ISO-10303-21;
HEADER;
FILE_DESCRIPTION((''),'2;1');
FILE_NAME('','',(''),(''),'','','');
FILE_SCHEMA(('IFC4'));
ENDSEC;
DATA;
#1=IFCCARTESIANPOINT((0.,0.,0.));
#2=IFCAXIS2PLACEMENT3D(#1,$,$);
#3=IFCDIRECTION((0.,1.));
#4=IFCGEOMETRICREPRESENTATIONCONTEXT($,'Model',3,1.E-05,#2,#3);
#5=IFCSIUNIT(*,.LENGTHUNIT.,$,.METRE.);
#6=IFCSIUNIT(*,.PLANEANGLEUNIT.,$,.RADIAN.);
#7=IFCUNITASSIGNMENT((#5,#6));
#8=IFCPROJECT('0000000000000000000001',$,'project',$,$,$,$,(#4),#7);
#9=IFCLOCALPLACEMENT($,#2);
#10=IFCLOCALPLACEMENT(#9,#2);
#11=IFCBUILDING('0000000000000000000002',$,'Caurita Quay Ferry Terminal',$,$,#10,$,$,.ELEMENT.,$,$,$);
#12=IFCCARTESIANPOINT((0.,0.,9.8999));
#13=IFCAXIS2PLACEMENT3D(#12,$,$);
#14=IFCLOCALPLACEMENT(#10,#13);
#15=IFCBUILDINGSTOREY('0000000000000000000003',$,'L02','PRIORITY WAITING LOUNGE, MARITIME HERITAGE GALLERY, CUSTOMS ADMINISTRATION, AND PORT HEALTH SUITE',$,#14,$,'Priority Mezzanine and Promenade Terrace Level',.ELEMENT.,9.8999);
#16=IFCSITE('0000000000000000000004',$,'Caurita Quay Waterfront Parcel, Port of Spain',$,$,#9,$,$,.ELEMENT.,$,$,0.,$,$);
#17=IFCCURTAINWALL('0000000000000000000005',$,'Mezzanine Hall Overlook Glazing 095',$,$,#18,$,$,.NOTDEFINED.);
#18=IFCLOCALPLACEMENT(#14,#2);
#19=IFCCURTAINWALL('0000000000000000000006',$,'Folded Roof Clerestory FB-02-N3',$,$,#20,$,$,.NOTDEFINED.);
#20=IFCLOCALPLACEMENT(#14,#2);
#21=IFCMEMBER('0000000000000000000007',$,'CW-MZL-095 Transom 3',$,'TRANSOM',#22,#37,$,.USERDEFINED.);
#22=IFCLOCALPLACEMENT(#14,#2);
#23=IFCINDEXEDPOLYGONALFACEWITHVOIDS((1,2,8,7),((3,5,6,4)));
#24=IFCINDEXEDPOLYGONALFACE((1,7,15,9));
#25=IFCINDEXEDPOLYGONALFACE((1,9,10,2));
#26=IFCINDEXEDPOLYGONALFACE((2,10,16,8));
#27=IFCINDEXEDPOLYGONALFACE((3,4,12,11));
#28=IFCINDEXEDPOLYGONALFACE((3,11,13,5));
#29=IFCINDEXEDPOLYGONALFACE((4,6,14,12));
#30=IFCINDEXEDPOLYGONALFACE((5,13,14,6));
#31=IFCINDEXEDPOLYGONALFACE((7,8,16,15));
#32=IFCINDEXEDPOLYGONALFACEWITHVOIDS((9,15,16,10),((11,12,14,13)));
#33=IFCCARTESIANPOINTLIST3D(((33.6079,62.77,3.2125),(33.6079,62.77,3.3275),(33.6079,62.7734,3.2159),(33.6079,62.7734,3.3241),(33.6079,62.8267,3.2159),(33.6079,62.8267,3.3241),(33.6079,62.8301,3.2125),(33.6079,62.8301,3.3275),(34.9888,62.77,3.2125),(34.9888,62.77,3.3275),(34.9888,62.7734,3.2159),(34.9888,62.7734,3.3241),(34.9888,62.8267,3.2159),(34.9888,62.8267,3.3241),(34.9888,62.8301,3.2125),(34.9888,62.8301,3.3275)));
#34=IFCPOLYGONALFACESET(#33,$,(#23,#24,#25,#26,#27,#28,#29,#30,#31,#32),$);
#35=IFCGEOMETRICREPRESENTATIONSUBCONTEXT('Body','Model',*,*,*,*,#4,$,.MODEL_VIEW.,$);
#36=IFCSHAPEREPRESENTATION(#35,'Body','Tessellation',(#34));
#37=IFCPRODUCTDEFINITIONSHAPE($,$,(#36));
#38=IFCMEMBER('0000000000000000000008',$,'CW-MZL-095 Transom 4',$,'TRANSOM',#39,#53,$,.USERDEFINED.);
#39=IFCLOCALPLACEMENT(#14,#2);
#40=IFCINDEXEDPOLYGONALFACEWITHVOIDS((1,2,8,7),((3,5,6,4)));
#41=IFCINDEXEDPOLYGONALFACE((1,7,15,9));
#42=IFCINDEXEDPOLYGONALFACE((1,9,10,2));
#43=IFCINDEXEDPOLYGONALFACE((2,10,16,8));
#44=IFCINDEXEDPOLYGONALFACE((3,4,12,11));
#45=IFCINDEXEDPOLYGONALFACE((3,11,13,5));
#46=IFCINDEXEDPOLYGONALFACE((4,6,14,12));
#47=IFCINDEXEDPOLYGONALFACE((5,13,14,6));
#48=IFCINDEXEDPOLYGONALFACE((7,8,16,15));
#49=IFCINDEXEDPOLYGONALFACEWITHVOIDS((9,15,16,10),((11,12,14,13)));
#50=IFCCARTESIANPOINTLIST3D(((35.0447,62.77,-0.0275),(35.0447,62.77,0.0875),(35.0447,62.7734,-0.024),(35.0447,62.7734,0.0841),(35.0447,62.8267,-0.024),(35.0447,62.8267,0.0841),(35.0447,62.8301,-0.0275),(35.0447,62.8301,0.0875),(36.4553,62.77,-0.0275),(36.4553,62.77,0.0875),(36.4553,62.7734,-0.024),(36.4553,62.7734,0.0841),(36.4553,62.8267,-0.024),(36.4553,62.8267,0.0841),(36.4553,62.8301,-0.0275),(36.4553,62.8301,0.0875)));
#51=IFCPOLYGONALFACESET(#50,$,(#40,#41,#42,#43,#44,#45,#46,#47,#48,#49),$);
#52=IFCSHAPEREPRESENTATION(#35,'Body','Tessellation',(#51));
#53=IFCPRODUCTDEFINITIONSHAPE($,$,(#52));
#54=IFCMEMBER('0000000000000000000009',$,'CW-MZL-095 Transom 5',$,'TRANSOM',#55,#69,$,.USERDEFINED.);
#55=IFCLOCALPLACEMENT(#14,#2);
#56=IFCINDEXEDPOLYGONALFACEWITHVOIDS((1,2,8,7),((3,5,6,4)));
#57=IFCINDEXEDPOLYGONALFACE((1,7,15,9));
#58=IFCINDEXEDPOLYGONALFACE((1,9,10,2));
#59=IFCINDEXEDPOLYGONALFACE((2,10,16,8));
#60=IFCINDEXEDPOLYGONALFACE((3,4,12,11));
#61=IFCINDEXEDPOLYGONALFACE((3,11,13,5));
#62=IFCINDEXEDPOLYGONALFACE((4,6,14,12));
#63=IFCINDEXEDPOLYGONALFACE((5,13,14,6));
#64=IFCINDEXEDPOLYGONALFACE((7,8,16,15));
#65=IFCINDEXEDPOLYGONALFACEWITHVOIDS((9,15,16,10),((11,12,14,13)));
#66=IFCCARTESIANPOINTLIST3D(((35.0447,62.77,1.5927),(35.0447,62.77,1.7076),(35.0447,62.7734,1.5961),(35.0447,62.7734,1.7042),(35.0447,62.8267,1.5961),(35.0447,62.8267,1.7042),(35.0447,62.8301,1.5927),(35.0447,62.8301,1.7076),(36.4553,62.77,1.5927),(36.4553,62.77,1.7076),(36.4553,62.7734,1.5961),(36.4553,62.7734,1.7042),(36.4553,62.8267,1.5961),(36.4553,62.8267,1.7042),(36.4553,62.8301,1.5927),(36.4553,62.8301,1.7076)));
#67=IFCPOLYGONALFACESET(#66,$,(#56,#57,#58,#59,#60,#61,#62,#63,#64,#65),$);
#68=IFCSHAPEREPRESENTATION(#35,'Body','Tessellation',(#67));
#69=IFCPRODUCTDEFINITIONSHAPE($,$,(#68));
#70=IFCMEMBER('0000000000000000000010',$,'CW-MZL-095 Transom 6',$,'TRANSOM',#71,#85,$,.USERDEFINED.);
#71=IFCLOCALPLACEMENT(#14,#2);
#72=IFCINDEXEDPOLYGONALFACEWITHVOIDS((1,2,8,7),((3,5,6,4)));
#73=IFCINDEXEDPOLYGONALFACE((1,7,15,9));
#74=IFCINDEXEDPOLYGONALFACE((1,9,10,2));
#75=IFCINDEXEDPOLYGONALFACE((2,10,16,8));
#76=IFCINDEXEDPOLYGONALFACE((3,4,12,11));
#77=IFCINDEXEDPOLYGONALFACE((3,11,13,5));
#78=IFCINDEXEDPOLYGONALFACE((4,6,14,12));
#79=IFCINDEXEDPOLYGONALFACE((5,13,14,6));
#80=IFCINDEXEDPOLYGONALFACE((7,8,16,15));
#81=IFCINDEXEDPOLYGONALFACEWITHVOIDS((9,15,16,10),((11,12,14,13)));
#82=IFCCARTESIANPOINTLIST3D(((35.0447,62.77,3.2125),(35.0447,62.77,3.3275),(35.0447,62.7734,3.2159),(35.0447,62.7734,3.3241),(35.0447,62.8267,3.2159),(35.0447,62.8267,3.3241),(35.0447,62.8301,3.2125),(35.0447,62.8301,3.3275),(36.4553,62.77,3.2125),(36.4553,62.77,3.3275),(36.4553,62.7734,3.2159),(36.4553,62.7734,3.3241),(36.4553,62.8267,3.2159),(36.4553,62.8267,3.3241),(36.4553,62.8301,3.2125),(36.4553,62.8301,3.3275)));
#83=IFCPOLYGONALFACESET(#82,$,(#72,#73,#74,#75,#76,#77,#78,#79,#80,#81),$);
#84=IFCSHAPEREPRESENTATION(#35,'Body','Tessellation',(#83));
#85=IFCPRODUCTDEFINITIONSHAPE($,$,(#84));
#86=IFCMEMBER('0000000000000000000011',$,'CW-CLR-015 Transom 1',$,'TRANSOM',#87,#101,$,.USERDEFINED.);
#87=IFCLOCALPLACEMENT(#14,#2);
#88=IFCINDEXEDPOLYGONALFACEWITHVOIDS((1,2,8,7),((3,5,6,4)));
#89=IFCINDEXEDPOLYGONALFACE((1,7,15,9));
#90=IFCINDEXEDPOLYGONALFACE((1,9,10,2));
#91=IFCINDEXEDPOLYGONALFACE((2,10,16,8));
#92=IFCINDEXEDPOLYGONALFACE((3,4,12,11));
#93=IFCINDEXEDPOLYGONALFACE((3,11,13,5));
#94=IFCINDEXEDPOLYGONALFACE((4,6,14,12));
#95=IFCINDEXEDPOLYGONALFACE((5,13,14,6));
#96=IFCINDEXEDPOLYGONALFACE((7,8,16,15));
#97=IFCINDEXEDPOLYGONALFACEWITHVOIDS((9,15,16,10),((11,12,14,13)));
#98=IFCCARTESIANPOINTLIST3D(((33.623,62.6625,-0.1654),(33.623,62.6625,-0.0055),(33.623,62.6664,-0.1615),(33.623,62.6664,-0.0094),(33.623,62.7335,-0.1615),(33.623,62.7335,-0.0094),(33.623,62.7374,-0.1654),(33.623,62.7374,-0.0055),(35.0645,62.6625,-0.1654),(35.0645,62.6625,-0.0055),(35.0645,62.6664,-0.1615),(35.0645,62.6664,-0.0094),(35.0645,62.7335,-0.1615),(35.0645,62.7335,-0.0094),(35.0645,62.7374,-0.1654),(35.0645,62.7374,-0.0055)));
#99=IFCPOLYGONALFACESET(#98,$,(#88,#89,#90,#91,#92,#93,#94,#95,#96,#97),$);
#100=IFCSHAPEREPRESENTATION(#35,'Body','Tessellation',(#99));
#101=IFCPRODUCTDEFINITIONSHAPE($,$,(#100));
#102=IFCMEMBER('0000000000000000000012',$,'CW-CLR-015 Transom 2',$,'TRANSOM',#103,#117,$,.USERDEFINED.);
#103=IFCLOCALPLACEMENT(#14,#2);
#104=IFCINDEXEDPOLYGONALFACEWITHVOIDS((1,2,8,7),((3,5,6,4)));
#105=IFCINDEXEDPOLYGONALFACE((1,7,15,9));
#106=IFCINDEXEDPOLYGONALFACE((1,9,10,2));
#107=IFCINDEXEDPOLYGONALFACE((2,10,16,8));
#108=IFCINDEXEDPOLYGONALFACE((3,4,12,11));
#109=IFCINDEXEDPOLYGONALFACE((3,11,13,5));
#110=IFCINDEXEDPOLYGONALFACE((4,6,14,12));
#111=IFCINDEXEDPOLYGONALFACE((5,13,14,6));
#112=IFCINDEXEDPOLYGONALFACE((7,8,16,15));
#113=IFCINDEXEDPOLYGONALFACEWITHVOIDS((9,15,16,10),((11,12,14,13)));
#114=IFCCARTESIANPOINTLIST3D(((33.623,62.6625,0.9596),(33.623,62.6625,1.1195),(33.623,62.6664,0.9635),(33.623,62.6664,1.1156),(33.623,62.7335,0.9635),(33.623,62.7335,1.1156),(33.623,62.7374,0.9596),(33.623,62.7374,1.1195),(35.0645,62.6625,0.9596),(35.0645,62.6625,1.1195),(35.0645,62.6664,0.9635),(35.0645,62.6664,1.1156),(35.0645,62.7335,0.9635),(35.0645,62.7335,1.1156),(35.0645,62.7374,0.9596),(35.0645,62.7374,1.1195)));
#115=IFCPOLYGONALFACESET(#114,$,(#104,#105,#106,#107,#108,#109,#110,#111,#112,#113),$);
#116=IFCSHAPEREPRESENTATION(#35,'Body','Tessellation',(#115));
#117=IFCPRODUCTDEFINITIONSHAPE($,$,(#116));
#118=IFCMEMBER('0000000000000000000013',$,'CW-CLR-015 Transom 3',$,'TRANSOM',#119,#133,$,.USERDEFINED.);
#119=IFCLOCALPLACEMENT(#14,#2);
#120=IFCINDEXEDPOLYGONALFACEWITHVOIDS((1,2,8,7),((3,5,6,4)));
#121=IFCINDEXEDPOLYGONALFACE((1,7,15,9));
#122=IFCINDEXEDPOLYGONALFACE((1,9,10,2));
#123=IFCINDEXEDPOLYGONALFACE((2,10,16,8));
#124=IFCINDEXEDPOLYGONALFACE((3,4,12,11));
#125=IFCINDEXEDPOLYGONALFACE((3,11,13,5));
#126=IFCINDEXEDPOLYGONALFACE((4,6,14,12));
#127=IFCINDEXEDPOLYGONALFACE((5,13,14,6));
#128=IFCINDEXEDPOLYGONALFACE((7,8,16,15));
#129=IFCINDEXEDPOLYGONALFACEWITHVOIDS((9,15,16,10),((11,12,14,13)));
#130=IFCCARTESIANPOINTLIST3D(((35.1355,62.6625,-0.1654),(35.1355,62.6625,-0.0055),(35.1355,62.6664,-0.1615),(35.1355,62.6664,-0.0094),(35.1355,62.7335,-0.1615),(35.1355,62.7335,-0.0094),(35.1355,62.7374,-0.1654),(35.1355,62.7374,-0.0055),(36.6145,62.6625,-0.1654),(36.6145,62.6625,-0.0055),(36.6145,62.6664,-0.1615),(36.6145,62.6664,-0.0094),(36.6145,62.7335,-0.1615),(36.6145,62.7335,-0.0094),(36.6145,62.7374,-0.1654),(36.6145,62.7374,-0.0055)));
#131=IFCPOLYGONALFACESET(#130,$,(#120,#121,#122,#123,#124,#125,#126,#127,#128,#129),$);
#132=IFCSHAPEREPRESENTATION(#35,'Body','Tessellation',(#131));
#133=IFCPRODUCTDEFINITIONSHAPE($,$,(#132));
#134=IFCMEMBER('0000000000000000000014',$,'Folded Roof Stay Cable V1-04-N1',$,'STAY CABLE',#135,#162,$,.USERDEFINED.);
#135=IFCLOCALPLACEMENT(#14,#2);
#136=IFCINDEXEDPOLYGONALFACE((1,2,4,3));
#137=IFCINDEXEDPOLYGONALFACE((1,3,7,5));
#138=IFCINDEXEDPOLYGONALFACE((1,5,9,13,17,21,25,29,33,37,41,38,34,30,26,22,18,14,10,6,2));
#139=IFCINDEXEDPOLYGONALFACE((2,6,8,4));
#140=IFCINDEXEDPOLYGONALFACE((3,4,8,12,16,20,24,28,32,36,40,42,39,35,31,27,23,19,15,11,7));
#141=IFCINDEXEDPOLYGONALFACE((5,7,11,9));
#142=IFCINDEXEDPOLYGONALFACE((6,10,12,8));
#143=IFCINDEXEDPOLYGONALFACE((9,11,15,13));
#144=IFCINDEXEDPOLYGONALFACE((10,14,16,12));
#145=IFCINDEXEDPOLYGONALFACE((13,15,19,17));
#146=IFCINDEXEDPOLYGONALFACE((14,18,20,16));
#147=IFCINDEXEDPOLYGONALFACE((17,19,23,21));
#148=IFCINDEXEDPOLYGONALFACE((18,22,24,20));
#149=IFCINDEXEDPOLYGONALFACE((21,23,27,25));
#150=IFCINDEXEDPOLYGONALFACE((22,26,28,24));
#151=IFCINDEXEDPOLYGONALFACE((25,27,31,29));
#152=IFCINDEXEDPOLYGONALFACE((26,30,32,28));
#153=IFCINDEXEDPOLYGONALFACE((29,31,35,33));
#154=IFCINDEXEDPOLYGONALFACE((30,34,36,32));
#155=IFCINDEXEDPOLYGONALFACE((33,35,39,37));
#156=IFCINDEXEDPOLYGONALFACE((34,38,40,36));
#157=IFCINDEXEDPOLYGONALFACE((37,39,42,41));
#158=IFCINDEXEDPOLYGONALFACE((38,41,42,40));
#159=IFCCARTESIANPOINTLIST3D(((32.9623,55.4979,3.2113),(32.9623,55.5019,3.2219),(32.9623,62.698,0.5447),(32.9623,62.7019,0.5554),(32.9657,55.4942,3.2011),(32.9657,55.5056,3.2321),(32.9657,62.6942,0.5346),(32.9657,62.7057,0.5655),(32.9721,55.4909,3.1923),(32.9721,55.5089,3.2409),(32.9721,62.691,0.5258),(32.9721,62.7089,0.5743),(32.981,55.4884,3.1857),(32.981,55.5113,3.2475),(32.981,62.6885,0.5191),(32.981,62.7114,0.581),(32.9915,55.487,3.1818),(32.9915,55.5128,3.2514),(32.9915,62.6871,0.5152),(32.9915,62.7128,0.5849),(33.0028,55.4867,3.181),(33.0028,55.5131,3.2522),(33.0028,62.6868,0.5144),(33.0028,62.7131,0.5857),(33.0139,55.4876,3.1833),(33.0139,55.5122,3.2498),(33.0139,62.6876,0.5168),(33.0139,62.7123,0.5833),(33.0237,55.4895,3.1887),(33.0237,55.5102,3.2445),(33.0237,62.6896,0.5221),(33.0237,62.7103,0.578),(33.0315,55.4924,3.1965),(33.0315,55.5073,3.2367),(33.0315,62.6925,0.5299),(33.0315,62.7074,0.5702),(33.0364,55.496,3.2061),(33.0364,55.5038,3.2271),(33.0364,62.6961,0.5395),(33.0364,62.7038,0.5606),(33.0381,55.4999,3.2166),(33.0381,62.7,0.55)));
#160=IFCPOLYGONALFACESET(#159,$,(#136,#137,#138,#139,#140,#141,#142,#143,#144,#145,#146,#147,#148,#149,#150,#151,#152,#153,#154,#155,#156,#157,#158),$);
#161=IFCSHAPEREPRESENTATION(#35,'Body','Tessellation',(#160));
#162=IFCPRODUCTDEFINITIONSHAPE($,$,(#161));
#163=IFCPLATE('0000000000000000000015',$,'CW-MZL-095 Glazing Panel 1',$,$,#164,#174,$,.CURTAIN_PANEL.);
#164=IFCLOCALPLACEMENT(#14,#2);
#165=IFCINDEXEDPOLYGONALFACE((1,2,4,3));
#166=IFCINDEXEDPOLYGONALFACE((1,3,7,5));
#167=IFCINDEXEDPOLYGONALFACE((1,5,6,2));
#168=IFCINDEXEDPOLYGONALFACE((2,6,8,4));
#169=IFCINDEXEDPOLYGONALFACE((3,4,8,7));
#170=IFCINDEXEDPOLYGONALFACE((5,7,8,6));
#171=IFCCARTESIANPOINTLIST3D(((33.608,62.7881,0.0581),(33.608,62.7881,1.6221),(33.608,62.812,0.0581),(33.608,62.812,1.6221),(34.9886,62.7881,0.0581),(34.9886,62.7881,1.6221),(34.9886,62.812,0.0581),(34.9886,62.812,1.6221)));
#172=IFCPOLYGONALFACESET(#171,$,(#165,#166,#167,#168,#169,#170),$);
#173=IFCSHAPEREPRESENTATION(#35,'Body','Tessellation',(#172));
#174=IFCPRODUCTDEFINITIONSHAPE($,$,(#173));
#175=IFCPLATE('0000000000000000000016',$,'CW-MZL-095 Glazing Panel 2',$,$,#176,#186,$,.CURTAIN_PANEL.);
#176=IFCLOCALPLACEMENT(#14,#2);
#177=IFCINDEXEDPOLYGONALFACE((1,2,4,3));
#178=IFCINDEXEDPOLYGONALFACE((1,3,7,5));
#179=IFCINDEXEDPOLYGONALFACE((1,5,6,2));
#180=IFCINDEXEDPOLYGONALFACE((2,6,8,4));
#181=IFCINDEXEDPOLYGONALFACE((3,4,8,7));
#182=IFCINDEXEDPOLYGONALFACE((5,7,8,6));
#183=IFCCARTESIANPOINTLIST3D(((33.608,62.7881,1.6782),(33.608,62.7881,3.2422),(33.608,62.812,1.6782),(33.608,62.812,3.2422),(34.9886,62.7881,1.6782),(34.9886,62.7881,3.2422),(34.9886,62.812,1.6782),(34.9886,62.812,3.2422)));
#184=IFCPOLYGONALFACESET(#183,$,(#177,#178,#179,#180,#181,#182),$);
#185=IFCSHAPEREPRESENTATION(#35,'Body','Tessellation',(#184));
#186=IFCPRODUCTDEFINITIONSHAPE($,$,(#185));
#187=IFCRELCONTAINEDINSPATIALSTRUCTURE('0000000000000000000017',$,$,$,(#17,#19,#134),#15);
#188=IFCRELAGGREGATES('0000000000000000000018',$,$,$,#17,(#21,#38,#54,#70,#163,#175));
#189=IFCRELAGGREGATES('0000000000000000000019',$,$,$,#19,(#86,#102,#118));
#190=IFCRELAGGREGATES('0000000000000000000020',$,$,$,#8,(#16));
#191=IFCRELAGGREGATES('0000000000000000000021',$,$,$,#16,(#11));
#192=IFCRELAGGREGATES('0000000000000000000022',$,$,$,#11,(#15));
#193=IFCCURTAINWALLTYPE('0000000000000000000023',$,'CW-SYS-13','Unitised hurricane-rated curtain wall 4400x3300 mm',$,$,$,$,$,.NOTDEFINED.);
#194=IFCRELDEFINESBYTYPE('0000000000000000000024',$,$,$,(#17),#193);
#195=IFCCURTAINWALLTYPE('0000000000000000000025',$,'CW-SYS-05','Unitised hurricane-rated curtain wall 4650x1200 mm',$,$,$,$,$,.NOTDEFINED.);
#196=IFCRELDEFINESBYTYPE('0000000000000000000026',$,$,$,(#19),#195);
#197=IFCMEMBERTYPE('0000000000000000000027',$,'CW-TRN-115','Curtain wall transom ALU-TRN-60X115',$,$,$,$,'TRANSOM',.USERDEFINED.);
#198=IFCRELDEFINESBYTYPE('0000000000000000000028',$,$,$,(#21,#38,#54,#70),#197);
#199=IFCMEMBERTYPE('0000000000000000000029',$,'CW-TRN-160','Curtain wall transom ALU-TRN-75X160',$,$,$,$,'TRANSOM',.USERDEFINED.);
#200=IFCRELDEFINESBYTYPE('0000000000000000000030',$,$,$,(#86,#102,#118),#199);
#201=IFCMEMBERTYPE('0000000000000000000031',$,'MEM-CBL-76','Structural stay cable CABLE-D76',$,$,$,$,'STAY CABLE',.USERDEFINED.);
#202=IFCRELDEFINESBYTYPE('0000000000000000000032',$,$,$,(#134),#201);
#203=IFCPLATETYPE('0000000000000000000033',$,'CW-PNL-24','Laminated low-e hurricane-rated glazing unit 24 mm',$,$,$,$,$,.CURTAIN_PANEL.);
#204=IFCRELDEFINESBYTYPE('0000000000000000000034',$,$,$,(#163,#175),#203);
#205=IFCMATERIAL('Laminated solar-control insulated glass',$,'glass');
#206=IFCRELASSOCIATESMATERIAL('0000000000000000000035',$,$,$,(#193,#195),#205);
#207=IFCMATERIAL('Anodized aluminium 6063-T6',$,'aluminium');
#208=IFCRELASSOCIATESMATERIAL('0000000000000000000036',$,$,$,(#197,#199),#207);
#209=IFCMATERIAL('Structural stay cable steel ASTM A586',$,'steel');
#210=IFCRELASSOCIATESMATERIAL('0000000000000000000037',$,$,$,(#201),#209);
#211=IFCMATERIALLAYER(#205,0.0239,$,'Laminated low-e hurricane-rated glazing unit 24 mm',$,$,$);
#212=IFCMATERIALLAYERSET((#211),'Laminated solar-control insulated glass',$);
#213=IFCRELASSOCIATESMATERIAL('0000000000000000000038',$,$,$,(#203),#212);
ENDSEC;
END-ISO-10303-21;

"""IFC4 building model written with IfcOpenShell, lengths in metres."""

from ifc_helpers import new_model, si_unit, direction, frame, origin, origin_2d, place, context, subcontext, project, spatial, rectangle, hollow_rectangle, circle, extrude, material, layer, layer_set, material_profile, profile_set, type_object, element, aggregate, save


model = new_model("IFC4")

# Units and contexts
model_context = context("Model", 3, precision=1e-05, world=origin(), true_north=direction((0.0, 1.0)))
body_context = subcontext(model_context, "Body", "Model", "MODEL_VIEW")
ifc_project = project(units=[si_unit("LENGTHUNIT", "METRE"), si_unit("PLANEANGLEUNIT", "RADIAN")], contexts=[model_context])

# Site, building, storey
site_placement = place(None, origin())
site = spatial("IfcSite", under=ifc_project, at=site_placement, Name="Caurita Quay Waterfront Parcel, Port of Spain", CompositionType="ELEMENT", RefElevation=0.0)
building_placement = place(site_placement, origin())
building = spatial("IfcBuilding", under=site, at=building_placement, Name="Caurita Quay Ferry Terminal", CompositionType="ELEMENT")
storey_placement = place(building_placement, frame((0.0, 0.0, 9.8999)))
storey = spatial("IfcBuildingStorey", under=building, at=storey_placement, Name="L02", Description="PRIORITY WAITING LOUNGE, MARITIME HERITAGE GALLERY, CUSTOMS ADMINISTRATION, AND PORT HEALTH SUITE", LongName="Priority Mezzanine and Promenade Terrace Level", CompositionType="ELEMENT", Elevation=9.8999)

# Curtain walls
ifc_material_1 = material(Name="Laminated solar-control insulated glass", Category="glass")
curtain_wall_type_1 = type_object("IfcCurtainWallType", Name="CW-SYS-13", Description="Unitised hurricane-rated curtain wall 4400x3300 mm", PredefinedType="NOTDEFINED", material=ifc_material_1)
curtain_wall_1_placement = place(storey_placement, origin())
curtain_wall_1 = element("IfcCurtainWall", 1, at=curtain_wall_1_placement, inside=storey, type_object=curtain_wall_type_1, Name="Mezzanine Hall Overlook Glazing 095", PredefinedType="NOTDEFINED")
ifc_material_2 = material(Name="Anodized aluminium 6063-T6", Category="aluminium")
curtain_wall_type_2 = type_object("IfcCurtainWallType", Name="CW-SYS-05", Description="Unitised hurricane-rated curtain wall 4650x1200 mm", PredefinedType="NOTDEFINED", material=ifc_material_1)
curtain_wall_2_placement = place(storey_placement, origin())
curtain_wall_2 = element("IfcCurtainWall", 2, at=curtain_wall_2_placement, inside=storey, type_object=curtain_wall_type_2, Name="Folded Roof Clerestory FB-02-N3", PredefinedType="NOTDEFINED")

# Members
ifc_material_profile_1 = material_profile(ifc_material_2, hollow_rectangle(XDim=0.0601, YDim=0.115, WallThickness=0.0034, at=origin_2d()), Name="ALU-TRN-60X115")
ifc_profile_set_1 = profile_set([ifc_material_profile_1], Name="Anodized aluminium 6063-T6")
member_type_1 = type_object("IfcMemberType", Name="CW-TRN-115", Description="Curtain wall transom ALU-TRN-60X115", ElementType="TRANSOM", PredefinedType="USERDEFINED", material=ifc_profile_set_1)
member_1_placement = place(storey_placement, frame((33.6079, 62.8, 3.27), z_axis=(1.0, 0.0, 0.0), x_axis=(0.0, 1.0, 0.0)))
member_1 = element("IfcMember", 3, at=member_1_placement, type_object=member_type_1, Name="CW-MZL-095 Transom 3", ObjectType="TRANSOM", PredefinedType="USERDEFINED", context=body_context, shape_type="SweptSolid", body=[
    extrude(hollow_rectangle(XDim=0.0601, YDim=0.115, WallThickness=0.0034, at=origin_2d()), origin(), (0.0, 0.0, 1.0), 1.3809),
])
member_2_placement = place(storey_placement, frame((35.0447, 62.8, 0.03), z_axis=(1.0, 0.0, 0.0), x_axis=(0.0, 1.0, 0.0)))
member_2 = element("IfcMember", 4, at=member_2_placement, type_object=member_type_1, Name="CW-MZL-095 Transom 4", ObjectType="TRANSOM", PredefinedType="USERDEFINED", context=body_context, shape_type="SweptSolid", body=[
    extrude(hollow_rectangle(XDim=0.0601, YDim=0.115, WallThickness=0.0034, at=origin_2d()), origin(), (0.0, 0.0, 1.0), 1.4106),
])
member_3_placement = place(storey_placement, frame((35.0447, 62.8, 1.6501), z_axis=(1.0, 0.0, 0.0), x_axis=(0.0, 1.0, 0.0)))
member_3 = element("IfcMember", 5, at=member_3_placement, type_object=member_type_1, Name="CW-MZL-095 Transom 5", ObjectType="TRANSOM", PredefinedType="USERDEFINED", context=body_context, shape_type="SweptSolid", body=[
    extrude(hollow_rectangle(XDim=0.0601, YDim=0.115, WallThickness=0.0034, at=origin_2d()), origin(), (0.0, 0.0, 1.0), 1.4106),
])
member_4_placement = place(storey_placement, frame((35.0447, 62.8, 3.27), z_axis=(1.0, 0.0, 0.0), x_axis=(0.0, 1.0, 0.0)))
member_4 = element("IfcMember", 6, at=member_4_placement, type_object=member_type_1, Name="CW-MZL-095 Transom 6", ObjectType="TRANSOM", PredefinedType="USERDEFINED", context=body_context, shape_type="SweptSolid", body=[
    extrude(hollow_rectangle(XDim=0.0601, YDim=0.115, WallThickness=0.0034, at=origin_2d()), origin(), (0.0, 0.0, 1.0), 1.4106),
])
ifc_material_profile_2 = material_profile(ifc_material_2, hollow_rectangle(XDim=0.075, YDim=0.1599, WallThickness=0.0039, at=origin_2d()), Name="ALU-TRN-75X160")
ifc_profile_set_2 = profile_set([ifc_material_profile_2], Name="Anodized aluminium 6063-T6")
member_type_2 = type_object("IfcMemberType", Name="CW-TRN-160", Description="Curtain wall transom ALU-TRN-75X160", ElementType="TRANSOM", PredefinedType="USERDEFINED", material=ifc_profile_set_2)
member_5_placement = place(storey_placement, frame((33.623, 62.7, -0.0854), z_axis=(1.0, 0.0, 0.0), x_axis=(0.0, 1.0, 0.0)))
member_5 = element("IfcMember", 7, at=member_5_placement, type_object=member_type_2, Name="CW-CLR-015 Transom 1", ObjectType="TRANSOM", PredefinedType="USERDEFINED", context=body_context, shape_type="SweptSolid", body=[
    extrude(hollow_rectangle(XDim=0.075, YDim=0.1599, WallThickness=0.0039, at=origin_2d()), origin(), (0.0, 0.0, 1.0), 1.4414),
])
member_6_placement = place(storey_placement, frame((33.623, 62.7, 1.0396), z_axis=(1.0, 0.0, 0.0), x_axis=(0.0, 1.0, 0.0)))
member_6 = element("IfcMember", 8, at=member_6_placement, type_object=member_type_2, Name="CW-CLR-015 Transom 2", ObjectType="TRANSOM", PredefinedType="USERDEFINED", context=body_context, shape_type="SweptSolid", body=[
    extrude(hollow_rectangle(XDim=0.075, YDim=0.1599, WallThickness=0.0039, at=origin_2d()), origin(), (0.0, 0.0, 1.0), 1.4414),
])
member_7_placement = place(storey_placement, frame((35.1355, 62.7, -0.0854), z_axis=(1.0, 0.0, 0.0), x_axis=(0.0, 1.0, 0.0)))
member_7 = element("IfcMember", 9, at=member_7_placement, type_object=member_type_2, Name="CW-CLR-015 Transom 3", ObjectType="TRANSOM", PredefinedType="USERDEFINED", context=body_context, shape_type="SweptSolid", body=[
    extrude(hollow_rectangle(XDim=0.075, YDim=0.1599, WallThickness=0.0039, at=origin_2d()), origin(), (0.0, 0.0, 1.0), 1.479),
])
ifc_material_3 = material(Name="Structural stay cable steel ASTM A586", Category="steel")
ifc_material_profile_3 = material_profile(ifc_material_3, circle(Radius=0.0381, at=origin_2d()), Name="CABLE-D76")
ifc_profile_set_3 = profile_set([ifc_material_profile_3], Name="Structural stay cable steel ASTM A586")
member_type_3 = type_object("IfcMemberType", Name="MEM-CBL-76", Description="Structural stay cable CABLE-D76", ElementType="STAY CABLE", PredefinedType="USERDEFINED", material=ifc_profile_set_3)
member_8_placement = place(storey_placement, frame((33.0, 62.7, 0.55), z_axis=(0.0, -0.937755, 0.347298), x_axis=(1.0, 0.0, 0.0)))
element("IfcMember", 10, at=member_8_placement, inside=storey, type_object=member_type_3, Name="Folded Roof Stay Cable V1-04-N1", ObjectType="STAY CABLE", PredefinedType="USERDEFINED", context=body_context, shape_type="SweptSolid", body=[
    extrude(circle(Radius=0.0381, at=origin_2d()), origin(), (0.0, 0.0, 1.0), 7.678),
])

# Plates
ifc_layer_1 = layer(ifc_material_1, 0.0239, Name="Laminated low-e hurricane-rated glazing unit 24 mm")
ifc_layer_set_1 = layer_set([ifc_layer_1], Name="Laminated solar-control insulated glass")
plate_type_1 = type_object("IfcPlateType", Name="CW-PNL-24", Description="Laminated low-e hurricane-rated glazing unit 24 mm", PredefinedType="CURTAIN_PANEL", material=ifc_layer_set_1)
plate_1_placement = place(storey_placement, frame((34.2983, 62.8, 0.0581), z_axis=(0.0, 0.0, 1.0), x_axis=(1.0, 0.0, 0.0)))
plate_1 = element("IfcPlate", 11, at=plate_1_placement, type_object=plate_type_1, Name="CW-MZL-095 Glazing Panel 1", PredefinedType="CURTAIN_PANEL", context=body_context, shape_type="SweptSolid", body=[
    extrude(rectangle(XDim=1.3806, YDim=0.0239, at=origin_2d()), origin(), (0.0, 0.0, 1.0), 1.564),
])
plate_2_placement = place(storey_placement, frame((34.2983, 62.8, 1.6782), z_axis=(0.0, 0.0, 1.0), x_axis=(1.0, 0.0, 0.0)))
plate_2 = element("IfcPlate", 12, at=plate_2_placement, type_object=plate_type_1, Name="CW-MZL-095 Glazing Panel 2", PredefinedType="CURTAIN_PANEL", context=body_context, shape_type="SweptSolid", body=[
    extrude(rectangle(XDim=1.3806, YDim=0.0239, at=origin_2d()), origin(), (0.0, 0.0, 1.0), 1.564),
])
aggregate(curtain_wall_1, [member_1, member_2, member_3, member_4, plate_1, plate_2])
aggregate(curtain_wall_2, [member_5, member_6, member_7])

save(model, "model.ifc")
